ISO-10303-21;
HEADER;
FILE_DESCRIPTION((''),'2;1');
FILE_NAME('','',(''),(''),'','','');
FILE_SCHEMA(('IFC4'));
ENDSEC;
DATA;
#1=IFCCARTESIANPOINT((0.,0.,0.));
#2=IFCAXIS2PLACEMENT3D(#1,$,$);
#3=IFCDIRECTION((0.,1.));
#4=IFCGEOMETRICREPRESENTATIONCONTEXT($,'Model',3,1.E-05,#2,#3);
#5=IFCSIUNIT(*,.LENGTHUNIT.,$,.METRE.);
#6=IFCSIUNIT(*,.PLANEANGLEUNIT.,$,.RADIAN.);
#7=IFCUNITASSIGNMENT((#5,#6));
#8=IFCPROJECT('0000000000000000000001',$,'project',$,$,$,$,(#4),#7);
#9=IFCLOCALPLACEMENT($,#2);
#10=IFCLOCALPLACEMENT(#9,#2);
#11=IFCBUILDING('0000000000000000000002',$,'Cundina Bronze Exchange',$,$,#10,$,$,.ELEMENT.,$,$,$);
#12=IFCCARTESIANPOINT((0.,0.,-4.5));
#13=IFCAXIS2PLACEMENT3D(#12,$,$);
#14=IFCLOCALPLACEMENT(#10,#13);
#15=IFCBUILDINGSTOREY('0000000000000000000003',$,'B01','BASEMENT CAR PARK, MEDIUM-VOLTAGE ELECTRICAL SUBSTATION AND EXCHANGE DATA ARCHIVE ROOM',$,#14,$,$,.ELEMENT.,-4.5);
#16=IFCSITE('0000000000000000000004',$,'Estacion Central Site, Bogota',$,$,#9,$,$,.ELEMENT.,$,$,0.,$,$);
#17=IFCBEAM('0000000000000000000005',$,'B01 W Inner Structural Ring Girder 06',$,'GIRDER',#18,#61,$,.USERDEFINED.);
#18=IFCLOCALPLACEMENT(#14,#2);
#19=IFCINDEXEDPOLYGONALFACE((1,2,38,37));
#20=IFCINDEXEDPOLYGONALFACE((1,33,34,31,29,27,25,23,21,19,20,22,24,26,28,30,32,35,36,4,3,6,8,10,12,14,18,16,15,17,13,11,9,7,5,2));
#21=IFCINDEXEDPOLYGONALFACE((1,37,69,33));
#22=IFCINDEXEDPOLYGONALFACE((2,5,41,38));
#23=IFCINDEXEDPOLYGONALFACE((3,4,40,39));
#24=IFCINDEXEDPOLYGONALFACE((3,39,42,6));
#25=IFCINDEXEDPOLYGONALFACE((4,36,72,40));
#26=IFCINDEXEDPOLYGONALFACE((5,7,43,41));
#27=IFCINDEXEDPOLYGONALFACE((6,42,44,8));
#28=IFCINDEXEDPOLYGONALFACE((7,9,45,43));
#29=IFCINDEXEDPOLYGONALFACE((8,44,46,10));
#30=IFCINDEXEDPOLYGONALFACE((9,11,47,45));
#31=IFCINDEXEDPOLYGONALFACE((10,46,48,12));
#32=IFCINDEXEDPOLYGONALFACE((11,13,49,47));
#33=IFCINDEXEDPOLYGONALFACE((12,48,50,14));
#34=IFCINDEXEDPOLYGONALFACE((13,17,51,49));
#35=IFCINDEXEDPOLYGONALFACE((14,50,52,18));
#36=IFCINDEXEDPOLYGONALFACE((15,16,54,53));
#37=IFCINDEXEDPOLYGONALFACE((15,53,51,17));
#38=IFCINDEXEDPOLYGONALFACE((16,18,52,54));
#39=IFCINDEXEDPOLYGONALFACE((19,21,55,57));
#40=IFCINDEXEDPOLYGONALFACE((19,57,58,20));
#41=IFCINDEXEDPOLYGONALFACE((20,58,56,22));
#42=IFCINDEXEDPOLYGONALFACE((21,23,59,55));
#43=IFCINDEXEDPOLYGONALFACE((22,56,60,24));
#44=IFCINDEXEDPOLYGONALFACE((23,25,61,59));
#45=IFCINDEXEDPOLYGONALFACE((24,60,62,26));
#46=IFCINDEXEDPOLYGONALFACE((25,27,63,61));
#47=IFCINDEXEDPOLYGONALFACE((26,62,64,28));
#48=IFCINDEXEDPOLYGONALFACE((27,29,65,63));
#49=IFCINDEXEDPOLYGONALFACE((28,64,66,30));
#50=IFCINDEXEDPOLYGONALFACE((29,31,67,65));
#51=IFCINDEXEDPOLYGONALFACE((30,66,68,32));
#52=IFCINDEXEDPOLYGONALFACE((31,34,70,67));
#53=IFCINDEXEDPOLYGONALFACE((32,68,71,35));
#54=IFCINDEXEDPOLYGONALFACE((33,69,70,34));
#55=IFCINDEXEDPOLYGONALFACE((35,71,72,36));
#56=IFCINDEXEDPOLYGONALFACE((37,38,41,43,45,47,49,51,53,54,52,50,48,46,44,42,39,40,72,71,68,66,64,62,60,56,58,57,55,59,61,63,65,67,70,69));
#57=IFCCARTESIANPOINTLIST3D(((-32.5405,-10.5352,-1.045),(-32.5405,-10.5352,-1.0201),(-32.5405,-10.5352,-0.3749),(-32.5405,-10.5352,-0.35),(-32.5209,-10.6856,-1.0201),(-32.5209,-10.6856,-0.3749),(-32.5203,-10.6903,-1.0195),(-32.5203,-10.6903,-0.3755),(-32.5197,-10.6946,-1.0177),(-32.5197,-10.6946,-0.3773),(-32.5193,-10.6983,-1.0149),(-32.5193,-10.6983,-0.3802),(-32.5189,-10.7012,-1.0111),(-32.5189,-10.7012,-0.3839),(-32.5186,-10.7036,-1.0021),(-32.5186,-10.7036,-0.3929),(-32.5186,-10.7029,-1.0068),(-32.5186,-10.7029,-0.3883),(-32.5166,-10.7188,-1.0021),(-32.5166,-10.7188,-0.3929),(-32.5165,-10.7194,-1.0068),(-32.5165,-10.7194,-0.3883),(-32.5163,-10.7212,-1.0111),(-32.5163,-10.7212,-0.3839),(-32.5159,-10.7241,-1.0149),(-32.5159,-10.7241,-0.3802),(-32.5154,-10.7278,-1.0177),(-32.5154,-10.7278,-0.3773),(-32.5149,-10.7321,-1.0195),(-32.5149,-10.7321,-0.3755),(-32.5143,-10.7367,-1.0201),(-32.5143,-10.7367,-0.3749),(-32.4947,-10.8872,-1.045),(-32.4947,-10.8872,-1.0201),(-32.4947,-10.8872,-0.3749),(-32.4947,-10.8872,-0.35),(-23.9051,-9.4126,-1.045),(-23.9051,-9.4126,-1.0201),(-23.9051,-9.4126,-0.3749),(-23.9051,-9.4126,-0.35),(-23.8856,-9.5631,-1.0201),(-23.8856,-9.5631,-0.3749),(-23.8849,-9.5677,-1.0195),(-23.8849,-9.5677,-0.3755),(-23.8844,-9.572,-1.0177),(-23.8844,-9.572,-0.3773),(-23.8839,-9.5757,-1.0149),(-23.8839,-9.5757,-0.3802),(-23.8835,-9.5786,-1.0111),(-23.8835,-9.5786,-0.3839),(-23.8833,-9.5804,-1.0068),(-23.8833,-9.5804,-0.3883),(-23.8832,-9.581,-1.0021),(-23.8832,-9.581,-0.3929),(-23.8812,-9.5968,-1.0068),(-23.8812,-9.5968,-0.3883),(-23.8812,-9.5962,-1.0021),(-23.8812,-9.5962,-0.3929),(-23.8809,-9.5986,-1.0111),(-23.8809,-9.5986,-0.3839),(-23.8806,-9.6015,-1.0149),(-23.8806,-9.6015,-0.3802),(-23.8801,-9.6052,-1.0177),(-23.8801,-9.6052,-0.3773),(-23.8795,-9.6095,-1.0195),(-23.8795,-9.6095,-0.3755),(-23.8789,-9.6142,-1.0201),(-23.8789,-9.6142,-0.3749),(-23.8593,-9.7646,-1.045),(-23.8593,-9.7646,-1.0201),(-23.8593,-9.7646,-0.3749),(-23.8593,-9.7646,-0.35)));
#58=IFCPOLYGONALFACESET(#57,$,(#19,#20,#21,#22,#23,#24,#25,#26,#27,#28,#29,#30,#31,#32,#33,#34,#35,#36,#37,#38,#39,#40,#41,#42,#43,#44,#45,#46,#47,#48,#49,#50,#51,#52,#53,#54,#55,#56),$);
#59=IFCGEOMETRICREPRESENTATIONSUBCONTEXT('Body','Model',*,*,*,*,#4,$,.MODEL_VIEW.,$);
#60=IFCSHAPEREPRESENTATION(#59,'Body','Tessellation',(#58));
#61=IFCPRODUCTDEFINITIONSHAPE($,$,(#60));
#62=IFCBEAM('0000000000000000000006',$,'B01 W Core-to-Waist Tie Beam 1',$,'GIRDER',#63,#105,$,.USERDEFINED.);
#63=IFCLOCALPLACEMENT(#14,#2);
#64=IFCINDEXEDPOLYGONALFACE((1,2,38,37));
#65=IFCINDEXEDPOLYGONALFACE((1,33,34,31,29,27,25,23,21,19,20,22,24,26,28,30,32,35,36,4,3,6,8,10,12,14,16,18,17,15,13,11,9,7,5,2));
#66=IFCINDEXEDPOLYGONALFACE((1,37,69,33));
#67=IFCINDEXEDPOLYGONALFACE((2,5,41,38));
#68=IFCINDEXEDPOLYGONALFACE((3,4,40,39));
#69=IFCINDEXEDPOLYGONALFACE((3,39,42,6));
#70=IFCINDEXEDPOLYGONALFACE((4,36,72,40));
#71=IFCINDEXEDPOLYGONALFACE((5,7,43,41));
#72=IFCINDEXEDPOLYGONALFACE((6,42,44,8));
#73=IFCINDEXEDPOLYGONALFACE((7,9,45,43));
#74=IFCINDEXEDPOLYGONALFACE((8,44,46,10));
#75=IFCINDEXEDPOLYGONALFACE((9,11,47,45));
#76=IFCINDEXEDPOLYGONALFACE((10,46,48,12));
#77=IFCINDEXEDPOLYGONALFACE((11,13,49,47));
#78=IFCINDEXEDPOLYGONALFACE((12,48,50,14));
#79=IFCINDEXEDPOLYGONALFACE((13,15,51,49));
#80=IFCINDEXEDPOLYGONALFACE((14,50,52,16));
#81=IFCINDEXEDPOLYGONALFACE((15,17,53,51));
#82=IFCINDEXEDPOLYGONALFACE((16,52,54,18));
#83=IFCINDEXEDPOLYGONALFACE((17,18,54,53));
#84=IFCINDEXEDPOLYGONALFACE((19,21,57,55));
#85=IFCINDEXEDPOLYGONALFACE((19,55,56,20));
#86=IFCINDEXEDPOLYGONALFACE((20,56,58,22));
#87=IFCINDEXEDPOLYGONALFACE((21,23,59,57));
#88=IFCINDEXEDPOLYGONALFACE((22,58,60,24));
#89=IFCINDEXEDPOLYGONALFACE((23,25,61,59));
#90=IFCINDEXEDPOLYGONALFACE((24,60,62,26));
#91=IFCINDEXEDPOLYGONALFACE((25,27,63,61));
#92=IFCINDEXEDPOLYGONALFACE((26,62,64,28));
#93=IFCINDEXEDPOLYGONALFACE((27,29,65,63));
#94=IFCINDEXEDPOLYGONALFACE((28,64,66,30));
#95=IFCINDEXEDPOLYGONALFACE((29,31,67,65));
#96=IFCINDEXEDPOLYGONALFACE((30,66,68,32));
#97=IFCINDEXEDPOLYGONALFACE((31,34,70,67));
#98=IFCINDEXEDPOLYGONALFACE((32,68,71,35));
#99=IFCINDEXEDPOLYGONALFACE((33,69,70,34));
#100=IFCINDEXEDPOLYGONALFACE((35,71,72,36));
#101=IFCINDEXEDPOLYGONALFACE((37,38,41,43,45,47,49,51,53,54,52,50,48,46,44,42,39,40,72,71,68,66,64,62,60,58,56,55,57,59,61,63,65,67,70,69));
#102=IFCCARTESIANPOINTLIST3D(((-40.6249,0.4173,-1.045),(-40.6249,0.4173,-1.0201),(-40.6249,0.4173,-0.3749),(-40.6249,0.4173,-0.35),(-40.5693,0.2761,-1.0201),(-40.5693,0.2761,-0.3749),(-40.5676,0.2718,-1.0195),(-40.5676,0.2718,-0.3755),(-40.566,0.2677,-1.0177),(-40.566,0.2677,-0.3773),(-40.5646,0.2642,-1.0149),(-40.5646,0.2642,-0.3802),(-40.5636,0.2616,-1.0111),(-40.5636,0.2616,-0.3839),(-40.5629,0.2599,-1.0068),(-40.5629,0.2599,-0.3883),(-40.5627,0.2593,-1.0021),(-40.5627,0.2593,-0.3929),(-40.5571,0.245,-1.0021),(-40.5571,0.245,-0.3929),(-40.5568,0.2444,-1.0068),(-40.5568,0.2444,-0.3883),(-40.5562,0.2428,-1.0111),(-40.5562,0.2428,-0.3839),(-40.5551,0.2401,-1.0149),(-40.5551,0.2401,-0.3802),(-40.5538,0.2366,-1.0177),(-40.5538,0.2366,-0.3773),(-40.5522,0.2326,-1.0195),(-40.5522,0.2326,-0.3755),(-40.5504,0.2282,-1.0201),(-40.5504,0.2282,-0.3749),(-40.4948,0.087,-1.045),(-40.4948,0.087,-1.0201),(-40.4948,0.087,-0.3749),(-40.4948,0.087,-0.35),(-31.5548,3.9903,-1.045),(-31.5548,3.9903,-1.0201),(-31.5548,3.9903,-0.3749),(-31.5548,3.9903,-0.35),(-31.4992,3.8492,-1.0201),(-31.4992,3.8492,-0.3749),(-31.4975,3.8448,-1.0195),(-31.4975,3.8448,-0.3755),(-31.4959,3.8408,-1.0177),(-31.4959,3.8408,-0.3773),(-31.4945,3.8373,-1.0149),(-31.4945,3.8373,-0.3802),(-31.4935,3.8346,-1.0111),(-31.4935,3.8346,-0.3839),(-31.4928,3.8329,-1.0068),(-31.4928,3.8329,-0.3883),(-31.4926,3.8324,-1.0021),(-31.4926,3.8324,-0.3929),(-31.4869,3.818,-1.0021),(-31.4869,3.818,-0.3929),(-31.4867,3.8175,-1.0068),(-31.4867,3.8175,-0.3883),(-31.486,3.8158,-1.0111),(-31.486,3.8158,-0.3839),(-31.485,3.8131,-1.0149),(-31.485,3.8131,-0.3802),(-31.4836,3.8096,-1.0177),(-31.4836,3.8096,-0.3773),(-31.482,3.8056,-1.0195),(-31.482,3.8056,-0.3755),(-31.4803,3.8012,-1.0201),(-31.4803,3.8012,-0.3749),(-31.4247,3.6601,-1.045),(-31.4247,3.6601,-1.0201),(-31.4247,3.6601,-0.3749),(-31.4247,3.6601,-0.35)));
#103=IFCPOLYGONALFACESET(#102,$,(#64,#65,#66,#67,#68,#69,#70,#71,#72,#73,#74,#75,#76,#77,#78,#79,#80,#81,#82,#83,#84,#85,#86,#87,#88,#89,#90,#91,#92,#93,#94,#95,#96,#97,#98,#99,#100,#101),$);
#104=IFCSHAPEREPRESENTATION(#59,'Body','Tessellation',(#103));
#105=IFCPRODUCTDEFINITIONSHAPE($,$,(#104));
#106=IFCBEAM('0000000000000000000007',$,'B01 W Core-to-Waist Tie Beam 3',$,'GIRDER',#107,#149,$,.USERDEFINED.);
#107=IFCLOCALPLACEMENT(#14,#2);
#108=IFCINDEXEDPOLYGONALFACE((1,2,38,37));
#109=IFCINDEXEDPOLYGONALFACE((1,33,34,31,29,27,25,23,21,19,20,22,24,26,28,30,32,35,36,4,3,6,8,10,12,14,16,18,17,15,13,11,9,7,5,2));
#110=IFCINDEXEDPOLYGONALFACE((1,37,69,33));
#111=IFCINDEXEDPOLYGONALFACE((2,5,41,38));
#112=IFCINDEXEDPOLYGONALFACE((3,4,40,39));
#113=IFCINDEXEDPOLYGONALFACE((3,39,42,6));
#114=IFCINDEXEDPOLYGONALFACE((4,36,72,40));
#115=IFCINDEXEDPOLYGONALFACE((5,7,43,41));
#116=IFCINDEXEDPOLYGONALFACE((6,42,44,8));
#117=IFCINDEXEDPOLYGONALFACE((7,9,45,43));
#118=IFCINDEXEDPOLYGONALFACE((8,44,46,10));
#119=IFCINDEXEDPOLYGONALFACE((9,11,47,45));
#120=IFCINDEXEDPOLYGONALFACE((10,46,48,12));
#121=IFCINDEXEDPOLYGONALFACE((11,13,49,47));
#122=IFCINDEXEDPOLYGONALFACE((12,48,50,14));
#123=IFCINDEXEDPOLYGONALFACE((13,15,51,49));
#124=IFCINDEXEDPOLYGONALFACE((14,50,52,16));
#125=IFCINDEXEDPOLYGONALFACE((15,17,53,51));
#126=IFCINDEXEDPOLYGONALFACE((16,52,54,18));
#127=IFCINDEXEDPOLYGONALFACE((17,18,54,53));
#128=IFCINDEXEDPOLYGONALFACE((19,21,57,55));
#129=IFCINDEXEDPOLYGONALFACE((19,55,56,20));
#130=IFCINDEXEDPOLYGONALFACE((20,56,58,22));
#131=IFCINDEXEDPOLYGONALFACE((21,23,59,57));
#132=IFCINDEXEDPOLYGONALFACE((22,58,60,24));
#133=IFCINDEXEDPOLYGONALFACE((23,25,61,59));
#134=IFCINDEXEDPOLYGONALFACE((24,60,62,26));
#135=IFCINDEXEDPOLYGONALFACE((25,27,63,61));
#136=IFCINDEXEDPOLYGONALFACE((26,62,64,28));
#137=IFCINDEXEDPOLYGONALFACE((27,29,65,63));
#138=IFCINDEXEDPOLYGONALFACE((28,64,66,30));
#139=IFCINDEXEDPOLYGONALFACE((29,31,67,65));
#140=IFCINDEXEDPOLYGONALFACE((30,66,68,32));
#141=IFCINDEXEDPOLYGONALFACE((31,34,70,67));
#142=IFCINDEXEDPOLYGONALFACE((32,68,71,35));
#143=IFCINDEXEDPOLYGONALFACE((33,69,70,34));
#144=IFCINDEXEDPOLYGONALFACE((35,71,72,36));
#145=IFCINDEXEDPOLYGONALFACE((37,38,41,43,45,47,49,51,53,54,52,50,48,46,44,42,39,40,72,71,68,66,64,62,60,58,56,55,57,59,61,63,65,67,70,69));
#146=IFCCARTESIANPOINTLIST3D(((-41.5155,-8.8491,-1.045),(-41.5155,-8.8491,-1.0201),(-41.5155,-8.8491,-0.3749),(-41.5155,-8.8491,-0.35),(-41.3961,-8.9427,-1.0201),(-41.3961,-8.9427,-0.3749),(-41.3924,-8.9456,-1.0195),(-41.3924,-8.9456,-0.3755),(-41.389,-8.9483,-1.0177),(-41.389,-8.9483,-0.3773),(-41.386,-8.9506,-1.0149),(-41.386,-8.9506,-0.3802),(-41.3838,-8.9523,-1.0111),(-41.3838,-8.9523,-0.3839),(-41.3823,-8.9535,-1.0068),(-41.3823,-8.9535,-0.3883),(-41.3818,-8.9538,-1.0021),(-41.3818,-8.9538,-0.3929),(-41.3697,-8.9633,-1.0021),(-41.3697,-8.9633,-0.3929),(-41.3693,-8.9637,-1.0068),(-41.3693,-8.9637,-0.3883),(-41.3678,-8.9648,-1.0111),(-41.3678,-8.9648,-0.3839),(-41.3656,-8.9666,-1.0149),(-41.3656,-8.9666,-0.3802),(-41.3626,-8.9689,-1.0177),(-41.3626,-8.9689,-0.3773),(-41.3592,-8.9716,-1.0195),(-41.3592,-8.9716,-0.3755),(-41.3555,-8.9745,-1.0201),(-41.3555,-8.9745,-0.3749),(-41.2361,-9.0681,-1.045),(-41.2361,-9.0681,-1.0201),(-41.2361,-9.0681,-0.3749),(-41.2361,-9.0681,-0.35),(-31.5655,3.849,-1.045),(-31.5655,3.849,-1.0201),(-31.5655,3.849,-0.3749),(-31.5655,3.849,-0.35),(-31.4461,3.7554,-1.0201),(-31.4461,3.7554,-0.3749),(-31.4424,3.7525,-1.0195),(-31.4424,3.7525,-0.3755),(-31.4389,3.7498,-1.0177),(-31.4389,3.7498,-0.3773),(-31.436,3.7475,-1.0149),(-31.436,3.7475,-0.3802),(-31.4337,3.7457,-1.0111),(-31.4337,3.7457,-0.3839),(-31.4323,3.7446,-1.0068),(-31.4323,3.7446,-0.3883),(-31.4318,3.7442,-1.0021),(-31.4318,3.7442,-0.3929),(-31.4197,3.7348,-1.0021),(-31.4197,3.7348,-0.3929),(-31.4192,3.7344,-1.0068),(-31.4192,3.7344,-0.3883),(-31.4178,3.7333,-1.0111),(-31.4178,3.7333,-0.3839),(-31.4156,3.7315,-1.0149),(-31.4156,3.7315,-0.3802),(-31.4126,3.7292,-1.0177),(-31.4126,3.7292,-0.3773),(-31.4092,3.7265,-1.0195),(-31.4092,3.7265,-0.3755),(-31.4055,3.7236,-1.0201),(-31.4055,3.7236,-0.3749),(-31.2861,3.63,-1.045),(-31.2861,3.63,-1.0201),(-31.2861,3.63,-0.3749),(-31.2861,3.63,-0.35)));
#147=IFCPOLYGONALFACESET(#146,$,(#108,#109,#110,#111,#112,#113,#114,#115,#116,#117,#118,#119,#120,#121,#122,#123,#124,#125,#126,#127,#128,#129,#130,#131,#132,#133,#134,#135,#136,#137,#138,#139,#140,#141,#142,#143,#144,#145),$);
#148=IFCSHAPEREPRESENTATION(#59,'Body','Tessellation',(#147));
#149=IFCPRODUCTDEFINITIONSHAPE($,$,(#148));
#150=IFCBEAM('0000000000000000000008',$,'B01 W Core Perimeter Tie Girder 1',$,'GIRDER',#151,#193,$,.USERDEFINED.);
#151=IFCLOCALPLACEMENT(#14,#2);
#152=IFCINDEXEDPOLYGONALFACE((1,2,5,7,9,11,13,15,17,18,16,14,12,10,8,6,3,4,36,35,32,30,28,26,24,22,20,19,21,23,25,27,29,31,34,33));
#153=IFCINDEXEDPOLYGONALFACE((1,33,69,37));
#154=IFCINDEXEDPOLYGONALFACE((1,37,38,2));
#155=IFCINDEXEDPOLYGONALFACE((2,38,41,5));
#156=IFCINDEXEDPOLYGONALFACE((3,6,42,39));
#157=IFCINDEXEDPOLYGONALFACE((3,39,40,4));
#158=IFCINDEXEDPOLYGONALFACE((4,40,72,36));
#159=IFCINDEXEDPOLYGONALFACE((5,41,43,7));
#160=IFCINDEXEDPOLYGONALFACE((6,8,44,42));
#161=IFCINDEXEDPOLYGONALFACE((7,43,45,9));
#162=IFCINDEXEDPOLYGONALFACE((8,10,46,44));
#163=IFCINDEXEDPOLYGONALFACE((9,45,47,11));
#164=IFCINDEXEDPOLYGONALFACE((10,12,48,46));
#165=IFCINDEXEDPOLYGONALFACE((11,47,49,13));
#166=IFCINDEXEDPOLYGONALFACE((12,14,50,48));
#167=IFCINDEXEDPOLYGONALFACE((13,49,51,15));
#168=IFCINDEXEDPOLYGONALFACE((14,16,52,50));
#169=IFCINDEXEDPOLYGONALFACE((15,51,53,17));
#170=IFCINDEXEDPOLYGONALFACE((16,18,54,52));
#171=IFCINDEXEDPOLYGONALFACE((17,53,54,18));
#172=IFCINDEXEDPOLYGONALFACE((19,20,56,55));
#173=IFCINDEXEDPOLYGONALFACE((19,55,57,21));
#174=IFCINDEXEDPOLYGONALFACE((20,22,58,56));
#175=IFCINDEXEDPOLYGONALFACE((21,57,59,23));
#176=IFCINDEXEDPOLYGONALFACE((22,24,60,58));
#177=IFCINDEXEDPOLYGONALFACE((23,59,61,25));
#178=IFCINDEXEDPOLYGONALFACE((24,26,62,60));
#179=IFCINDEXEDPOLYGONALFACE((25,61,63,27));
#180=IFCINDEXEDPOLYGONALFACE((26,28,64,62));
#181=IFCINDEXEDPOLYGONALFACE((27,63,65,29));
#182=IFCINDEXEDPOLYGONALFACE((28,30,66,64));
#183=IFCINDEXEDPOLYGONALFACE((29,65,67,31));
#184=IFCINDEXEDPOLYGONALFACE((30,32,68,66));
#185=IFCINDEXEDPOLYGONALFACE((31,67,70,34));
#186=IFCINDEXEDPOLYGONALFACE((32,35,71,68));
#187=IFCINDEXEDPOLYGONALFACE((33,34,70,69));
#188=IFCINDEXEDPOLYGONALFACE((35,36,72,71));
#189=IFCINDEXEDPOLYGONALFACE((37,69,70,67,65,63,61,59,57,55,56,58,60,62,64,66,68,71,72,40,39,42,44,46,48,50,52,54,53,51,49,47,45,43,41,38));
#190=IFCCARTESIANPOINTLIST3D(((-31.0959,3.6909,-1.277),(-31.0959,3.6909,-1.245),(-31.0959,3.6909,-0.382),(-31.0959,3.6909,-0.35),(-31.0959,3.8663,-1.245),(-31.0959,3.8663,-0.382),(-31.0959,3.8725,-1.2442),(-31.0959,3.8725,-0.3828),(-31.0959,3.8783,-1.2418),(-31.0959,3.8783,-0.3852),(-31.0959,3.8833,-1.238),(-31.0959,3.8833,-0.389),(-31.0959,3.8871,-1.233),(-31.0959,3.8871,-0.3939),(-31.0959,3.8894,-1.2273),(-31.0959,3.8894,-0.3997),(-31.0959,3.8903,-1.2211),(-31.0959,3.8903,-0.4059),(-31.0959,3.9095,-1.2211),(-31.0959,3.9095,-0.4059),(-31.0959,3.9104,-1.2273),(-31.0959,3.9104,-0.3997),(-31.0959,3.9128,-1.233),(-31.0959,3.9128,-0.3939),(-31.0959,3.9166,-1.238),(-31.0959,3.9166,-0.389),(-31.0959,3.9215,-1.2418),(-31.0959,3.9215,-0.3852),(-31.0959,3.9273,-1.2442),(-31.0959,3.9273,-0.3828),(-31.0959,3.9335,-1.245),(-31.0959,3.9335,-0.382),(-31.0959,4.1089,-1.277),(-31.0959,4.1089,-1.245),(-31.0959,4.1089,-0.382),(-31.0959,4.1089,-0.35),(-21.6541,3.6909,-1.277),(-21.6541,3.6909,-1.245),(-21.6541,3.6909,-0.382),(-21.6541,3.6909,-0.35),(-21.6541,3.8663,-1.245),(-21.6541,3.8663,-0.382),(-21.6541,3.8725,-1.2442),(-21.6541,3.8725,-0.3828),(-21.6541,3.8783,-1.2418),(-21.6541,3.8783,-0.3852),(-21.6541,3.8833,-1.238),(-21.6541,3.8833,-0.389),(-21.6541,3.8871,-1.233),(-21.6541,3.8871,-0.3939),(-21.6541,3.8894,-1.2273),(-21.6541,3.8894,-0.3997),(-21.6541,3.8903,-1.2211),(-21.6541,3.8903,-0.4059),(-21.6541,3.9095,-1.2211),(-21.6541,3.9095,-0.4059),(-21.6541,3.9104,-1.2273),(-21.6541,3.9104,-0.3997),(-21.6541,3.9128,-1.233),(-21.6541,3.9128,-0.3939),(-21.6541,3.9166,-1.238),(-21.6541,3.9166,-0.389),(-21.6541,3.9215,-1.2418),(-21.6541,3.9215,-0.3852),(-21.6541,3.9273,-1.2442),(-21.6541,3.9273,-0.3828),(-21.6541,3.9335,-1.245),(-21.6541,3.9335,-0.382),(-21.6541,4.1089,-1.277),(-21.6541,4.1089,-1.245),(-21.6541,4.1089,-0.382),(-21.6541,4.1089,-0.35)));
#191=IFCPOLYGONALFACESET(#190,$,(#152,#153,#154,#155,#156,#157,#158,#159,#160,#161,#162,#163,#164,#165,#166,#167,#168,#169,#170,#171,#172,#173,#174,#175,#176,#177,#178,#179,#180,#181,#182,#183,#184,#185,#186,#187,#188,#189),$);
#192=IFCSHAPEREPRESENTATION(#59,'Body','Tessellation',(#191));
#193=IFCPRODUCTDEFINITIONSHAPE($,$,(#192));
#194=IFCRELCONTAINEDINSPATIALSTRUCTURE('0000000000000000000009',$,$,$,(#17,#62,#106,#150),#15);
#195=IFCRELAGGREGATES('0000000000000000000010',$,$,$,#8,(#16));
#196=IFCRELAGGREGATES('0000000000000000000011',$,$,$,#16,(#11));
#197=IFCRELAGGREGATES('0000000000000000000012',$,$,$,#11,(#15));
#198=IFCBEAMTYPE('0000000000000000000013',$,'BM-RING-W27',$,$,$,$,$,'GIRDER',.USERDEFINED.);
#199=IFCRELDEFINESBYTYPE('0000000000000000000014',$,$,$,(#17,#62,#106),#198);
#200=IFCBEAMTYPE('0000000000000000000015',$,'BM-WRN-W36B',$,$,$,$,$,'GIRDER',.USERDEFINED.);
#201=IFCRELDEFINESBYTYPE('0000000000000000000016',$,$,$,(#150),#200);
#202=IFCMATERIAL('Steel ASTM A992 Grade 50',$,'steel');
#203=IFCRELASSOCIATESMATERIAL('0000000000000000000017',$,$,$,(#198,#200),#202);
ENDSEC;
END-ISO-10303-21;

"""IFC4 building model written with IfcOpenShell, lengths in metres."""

from ifc_helpers import new_model, si_unit, direction, frame, origin, origin_2d, place, context, subcontext, project, spatial, i_section, extrude, material, material_profile, profile_set, type_object, element, save


model = new_model("IFC4")

# Units and contexts
model_context = context("Model", 3, precision=1e-05, world=origin(), true_north=direction((0.0, 1.0)))
body_context = subcontext(model_context, "Body", "Model", "MODEL_VIEW")
ifc_project = project(units=[si_unit("LENGTHUNIT", "METRE"), si_unit("PLANEANGLEUNIT", "RADIAN")], contexts=[model_context])

# Site, building, storey
site_placement = place(None, origin())
site = spatial("IfcSite", under=ifc_project, at=site_placement, Name="Estacion Central Site, Bogota", CompositionType="ELEMENT", RefElevation=0.0)
building_placement = place(site_placement, origin())
building = spatial("IfcBuilding", under=site, at=building_placement, Name="Cundina Bronze Exchange", CompositionType="ELEMENT")
storey_placement = place(building_placement, frame((0.0, 0.0, -4.5)))
storey = spatial("IfcBuildingStorey", under=building, at=storey_placement, Name="B01", Description="BASEMENT CAR PARK, MEDIUM-VOLTAGE ELECTRICAL SUBSTATION AND EXCHANGE DATA ARCHIVE ROOM", CompositionType="ELEMENT", Elevation=-4.5)

# Shared definitions
ifc_material_1 = material(Name="Steel ASTM A992 Grade 50", Category="steel")

# Beams
ifc_material_profile_1 = material_profile(ifc_material_1, i_section(OverallWidth=0.355, OverallDepth=0.6951, WebThickness=0.0154, FlangeThickness=0.0249, FilletRadius=0.0181, at=origin_2d()), Name="W27X146", Category="steel")
ifc_profile_set_1 = profile_set([ifc_material_profile_1], Name="Steel ASTM A992 Grade 50")
beam_type_1 = type_object("IfcBeamType", Name="BM-RING-W27", ElementType="GIRDER", PredefinedType="USERDEFINED", material=ifc_profile_set_1)
beam_1_placement = place(storey_placement, frame((-32.5176, -10.7112, -0.6975), z_axis=(0.991656, 0.128912, 0.0), x_axis=(-0.128912, 0.991656, 0.0)))
element("IfcBeam", 1, at=beam_1_placement, inside=storey, type_object=beam_type_1, Name="B01 W Inner Structural Ring Girder 06", ObjectType="GIRDER", PredefinedType="USERDEFINED", context=body_context, shape_type="SweptSolid", body=[
    extrude(i_section(OverallWidth=0.355, OverallDepth=0.6951, WebThickness=0.0154, FlangeThickness=0.0249, FilletRadius=0.0181, at=origin_2d()), origin(), (0.0, 0.0, 1.0), 8.708),
])
beam_2_placement = place(storey_placement, frame((-31.4897, 3.8252, -0.6975), z_axis=(-0.93041, -0.366519, 0.0), x_axis=(0.366519, -0.93041, 0.0)))
element("IfcBeam", 2, at=beam_2_placement, inside=storey, type_object=beam_type_1, Name="B01 W Core-to-Waist Tie Beam 1", ObjectType="GIRDER", PredefinedType="USERDEFINED", context=body_context, shape_type="SweptSolid", body=[
    extrude(i_section(OverallWidth=0.355, OverallDepth=0.6951, WebThickness=0.0154, FlangeThickness=0.0249, FilletRadius=0.0181, at=origin_2d()), origin(), (0.0, 0.0, 1.0), 9.7485),
])
beam_3_placement = place(storey_placement, frame((-31.4258, 3.7395, -0.6975), z_axis=(-0.616784, -0.787132, 0.0), x_axis=(0.787132, -0.616784, 0.0)))
element("IfcBeam", 3, at=beam_3_placement, inside=storey, type_object=beam_type_1, Name="B01 W Core-to-Waist Tie Beam 3", ObjectType="GIRDER", PredefinedType="USERDEFINED", context=body_context, shape_type="SweptSolid", body=[
    extrude(i_section(OverallWidth=0.355, OverallDepth=0.6951, WebThickness=0.0154, FlangeThickness=0.0249, FilletRadius=0.0181, at=origin_2d()), origin(), (0.0, 0.0, 1.0), 16.1321),
])
ifc_material_profile_2 = material_profile(ifc_material_1, i_section(OverallWidth=0.418, OverallDepth=0.927, WebThickness=0.0193, FlangeThickness=0.032, FilletRadius=0.0239, at=origin_2d()), Name="W36X231", Category="steel")
ifc_profile_set_2 = profile_set([ifc_material_profile_2], Name="Steel ASTM A992 Grade 50")
beam_type_2 = type_object("IfcBeamType", Name="BM-WRN-W36B", ElementType="GIRDER", PredefinedType="USERDEFINED", material=ifc_profile_set_2)
beam_4_placement = place(storey_placement, frame((-31.0959, 3.8999, -0.8135), z_axis=(1.0, 0.0, 0.0), x_axis=(0.0, 1.0, 0.0)))
element("IfcBeam", 4, at=beam_4_placement, inside=storey, type_object=beam_type_2, Name="B01 W Core Perimeter Tie Girder 1", ObjectType="GIRDER", PredefinedType="USERDEFINED", context=body_context, shape_type="SweptSolid", body=[
    extrude(i_section(OverallWidth=0.418, OverallDepth=0.927, WebThickness=0.0193, FlangeThickness=0.032, FilletRadius=0.0239, at=origin_2d()), origin(), (0.0, 0.0, 1.0), 9.4419),
])

save(model, "model.ifc")
